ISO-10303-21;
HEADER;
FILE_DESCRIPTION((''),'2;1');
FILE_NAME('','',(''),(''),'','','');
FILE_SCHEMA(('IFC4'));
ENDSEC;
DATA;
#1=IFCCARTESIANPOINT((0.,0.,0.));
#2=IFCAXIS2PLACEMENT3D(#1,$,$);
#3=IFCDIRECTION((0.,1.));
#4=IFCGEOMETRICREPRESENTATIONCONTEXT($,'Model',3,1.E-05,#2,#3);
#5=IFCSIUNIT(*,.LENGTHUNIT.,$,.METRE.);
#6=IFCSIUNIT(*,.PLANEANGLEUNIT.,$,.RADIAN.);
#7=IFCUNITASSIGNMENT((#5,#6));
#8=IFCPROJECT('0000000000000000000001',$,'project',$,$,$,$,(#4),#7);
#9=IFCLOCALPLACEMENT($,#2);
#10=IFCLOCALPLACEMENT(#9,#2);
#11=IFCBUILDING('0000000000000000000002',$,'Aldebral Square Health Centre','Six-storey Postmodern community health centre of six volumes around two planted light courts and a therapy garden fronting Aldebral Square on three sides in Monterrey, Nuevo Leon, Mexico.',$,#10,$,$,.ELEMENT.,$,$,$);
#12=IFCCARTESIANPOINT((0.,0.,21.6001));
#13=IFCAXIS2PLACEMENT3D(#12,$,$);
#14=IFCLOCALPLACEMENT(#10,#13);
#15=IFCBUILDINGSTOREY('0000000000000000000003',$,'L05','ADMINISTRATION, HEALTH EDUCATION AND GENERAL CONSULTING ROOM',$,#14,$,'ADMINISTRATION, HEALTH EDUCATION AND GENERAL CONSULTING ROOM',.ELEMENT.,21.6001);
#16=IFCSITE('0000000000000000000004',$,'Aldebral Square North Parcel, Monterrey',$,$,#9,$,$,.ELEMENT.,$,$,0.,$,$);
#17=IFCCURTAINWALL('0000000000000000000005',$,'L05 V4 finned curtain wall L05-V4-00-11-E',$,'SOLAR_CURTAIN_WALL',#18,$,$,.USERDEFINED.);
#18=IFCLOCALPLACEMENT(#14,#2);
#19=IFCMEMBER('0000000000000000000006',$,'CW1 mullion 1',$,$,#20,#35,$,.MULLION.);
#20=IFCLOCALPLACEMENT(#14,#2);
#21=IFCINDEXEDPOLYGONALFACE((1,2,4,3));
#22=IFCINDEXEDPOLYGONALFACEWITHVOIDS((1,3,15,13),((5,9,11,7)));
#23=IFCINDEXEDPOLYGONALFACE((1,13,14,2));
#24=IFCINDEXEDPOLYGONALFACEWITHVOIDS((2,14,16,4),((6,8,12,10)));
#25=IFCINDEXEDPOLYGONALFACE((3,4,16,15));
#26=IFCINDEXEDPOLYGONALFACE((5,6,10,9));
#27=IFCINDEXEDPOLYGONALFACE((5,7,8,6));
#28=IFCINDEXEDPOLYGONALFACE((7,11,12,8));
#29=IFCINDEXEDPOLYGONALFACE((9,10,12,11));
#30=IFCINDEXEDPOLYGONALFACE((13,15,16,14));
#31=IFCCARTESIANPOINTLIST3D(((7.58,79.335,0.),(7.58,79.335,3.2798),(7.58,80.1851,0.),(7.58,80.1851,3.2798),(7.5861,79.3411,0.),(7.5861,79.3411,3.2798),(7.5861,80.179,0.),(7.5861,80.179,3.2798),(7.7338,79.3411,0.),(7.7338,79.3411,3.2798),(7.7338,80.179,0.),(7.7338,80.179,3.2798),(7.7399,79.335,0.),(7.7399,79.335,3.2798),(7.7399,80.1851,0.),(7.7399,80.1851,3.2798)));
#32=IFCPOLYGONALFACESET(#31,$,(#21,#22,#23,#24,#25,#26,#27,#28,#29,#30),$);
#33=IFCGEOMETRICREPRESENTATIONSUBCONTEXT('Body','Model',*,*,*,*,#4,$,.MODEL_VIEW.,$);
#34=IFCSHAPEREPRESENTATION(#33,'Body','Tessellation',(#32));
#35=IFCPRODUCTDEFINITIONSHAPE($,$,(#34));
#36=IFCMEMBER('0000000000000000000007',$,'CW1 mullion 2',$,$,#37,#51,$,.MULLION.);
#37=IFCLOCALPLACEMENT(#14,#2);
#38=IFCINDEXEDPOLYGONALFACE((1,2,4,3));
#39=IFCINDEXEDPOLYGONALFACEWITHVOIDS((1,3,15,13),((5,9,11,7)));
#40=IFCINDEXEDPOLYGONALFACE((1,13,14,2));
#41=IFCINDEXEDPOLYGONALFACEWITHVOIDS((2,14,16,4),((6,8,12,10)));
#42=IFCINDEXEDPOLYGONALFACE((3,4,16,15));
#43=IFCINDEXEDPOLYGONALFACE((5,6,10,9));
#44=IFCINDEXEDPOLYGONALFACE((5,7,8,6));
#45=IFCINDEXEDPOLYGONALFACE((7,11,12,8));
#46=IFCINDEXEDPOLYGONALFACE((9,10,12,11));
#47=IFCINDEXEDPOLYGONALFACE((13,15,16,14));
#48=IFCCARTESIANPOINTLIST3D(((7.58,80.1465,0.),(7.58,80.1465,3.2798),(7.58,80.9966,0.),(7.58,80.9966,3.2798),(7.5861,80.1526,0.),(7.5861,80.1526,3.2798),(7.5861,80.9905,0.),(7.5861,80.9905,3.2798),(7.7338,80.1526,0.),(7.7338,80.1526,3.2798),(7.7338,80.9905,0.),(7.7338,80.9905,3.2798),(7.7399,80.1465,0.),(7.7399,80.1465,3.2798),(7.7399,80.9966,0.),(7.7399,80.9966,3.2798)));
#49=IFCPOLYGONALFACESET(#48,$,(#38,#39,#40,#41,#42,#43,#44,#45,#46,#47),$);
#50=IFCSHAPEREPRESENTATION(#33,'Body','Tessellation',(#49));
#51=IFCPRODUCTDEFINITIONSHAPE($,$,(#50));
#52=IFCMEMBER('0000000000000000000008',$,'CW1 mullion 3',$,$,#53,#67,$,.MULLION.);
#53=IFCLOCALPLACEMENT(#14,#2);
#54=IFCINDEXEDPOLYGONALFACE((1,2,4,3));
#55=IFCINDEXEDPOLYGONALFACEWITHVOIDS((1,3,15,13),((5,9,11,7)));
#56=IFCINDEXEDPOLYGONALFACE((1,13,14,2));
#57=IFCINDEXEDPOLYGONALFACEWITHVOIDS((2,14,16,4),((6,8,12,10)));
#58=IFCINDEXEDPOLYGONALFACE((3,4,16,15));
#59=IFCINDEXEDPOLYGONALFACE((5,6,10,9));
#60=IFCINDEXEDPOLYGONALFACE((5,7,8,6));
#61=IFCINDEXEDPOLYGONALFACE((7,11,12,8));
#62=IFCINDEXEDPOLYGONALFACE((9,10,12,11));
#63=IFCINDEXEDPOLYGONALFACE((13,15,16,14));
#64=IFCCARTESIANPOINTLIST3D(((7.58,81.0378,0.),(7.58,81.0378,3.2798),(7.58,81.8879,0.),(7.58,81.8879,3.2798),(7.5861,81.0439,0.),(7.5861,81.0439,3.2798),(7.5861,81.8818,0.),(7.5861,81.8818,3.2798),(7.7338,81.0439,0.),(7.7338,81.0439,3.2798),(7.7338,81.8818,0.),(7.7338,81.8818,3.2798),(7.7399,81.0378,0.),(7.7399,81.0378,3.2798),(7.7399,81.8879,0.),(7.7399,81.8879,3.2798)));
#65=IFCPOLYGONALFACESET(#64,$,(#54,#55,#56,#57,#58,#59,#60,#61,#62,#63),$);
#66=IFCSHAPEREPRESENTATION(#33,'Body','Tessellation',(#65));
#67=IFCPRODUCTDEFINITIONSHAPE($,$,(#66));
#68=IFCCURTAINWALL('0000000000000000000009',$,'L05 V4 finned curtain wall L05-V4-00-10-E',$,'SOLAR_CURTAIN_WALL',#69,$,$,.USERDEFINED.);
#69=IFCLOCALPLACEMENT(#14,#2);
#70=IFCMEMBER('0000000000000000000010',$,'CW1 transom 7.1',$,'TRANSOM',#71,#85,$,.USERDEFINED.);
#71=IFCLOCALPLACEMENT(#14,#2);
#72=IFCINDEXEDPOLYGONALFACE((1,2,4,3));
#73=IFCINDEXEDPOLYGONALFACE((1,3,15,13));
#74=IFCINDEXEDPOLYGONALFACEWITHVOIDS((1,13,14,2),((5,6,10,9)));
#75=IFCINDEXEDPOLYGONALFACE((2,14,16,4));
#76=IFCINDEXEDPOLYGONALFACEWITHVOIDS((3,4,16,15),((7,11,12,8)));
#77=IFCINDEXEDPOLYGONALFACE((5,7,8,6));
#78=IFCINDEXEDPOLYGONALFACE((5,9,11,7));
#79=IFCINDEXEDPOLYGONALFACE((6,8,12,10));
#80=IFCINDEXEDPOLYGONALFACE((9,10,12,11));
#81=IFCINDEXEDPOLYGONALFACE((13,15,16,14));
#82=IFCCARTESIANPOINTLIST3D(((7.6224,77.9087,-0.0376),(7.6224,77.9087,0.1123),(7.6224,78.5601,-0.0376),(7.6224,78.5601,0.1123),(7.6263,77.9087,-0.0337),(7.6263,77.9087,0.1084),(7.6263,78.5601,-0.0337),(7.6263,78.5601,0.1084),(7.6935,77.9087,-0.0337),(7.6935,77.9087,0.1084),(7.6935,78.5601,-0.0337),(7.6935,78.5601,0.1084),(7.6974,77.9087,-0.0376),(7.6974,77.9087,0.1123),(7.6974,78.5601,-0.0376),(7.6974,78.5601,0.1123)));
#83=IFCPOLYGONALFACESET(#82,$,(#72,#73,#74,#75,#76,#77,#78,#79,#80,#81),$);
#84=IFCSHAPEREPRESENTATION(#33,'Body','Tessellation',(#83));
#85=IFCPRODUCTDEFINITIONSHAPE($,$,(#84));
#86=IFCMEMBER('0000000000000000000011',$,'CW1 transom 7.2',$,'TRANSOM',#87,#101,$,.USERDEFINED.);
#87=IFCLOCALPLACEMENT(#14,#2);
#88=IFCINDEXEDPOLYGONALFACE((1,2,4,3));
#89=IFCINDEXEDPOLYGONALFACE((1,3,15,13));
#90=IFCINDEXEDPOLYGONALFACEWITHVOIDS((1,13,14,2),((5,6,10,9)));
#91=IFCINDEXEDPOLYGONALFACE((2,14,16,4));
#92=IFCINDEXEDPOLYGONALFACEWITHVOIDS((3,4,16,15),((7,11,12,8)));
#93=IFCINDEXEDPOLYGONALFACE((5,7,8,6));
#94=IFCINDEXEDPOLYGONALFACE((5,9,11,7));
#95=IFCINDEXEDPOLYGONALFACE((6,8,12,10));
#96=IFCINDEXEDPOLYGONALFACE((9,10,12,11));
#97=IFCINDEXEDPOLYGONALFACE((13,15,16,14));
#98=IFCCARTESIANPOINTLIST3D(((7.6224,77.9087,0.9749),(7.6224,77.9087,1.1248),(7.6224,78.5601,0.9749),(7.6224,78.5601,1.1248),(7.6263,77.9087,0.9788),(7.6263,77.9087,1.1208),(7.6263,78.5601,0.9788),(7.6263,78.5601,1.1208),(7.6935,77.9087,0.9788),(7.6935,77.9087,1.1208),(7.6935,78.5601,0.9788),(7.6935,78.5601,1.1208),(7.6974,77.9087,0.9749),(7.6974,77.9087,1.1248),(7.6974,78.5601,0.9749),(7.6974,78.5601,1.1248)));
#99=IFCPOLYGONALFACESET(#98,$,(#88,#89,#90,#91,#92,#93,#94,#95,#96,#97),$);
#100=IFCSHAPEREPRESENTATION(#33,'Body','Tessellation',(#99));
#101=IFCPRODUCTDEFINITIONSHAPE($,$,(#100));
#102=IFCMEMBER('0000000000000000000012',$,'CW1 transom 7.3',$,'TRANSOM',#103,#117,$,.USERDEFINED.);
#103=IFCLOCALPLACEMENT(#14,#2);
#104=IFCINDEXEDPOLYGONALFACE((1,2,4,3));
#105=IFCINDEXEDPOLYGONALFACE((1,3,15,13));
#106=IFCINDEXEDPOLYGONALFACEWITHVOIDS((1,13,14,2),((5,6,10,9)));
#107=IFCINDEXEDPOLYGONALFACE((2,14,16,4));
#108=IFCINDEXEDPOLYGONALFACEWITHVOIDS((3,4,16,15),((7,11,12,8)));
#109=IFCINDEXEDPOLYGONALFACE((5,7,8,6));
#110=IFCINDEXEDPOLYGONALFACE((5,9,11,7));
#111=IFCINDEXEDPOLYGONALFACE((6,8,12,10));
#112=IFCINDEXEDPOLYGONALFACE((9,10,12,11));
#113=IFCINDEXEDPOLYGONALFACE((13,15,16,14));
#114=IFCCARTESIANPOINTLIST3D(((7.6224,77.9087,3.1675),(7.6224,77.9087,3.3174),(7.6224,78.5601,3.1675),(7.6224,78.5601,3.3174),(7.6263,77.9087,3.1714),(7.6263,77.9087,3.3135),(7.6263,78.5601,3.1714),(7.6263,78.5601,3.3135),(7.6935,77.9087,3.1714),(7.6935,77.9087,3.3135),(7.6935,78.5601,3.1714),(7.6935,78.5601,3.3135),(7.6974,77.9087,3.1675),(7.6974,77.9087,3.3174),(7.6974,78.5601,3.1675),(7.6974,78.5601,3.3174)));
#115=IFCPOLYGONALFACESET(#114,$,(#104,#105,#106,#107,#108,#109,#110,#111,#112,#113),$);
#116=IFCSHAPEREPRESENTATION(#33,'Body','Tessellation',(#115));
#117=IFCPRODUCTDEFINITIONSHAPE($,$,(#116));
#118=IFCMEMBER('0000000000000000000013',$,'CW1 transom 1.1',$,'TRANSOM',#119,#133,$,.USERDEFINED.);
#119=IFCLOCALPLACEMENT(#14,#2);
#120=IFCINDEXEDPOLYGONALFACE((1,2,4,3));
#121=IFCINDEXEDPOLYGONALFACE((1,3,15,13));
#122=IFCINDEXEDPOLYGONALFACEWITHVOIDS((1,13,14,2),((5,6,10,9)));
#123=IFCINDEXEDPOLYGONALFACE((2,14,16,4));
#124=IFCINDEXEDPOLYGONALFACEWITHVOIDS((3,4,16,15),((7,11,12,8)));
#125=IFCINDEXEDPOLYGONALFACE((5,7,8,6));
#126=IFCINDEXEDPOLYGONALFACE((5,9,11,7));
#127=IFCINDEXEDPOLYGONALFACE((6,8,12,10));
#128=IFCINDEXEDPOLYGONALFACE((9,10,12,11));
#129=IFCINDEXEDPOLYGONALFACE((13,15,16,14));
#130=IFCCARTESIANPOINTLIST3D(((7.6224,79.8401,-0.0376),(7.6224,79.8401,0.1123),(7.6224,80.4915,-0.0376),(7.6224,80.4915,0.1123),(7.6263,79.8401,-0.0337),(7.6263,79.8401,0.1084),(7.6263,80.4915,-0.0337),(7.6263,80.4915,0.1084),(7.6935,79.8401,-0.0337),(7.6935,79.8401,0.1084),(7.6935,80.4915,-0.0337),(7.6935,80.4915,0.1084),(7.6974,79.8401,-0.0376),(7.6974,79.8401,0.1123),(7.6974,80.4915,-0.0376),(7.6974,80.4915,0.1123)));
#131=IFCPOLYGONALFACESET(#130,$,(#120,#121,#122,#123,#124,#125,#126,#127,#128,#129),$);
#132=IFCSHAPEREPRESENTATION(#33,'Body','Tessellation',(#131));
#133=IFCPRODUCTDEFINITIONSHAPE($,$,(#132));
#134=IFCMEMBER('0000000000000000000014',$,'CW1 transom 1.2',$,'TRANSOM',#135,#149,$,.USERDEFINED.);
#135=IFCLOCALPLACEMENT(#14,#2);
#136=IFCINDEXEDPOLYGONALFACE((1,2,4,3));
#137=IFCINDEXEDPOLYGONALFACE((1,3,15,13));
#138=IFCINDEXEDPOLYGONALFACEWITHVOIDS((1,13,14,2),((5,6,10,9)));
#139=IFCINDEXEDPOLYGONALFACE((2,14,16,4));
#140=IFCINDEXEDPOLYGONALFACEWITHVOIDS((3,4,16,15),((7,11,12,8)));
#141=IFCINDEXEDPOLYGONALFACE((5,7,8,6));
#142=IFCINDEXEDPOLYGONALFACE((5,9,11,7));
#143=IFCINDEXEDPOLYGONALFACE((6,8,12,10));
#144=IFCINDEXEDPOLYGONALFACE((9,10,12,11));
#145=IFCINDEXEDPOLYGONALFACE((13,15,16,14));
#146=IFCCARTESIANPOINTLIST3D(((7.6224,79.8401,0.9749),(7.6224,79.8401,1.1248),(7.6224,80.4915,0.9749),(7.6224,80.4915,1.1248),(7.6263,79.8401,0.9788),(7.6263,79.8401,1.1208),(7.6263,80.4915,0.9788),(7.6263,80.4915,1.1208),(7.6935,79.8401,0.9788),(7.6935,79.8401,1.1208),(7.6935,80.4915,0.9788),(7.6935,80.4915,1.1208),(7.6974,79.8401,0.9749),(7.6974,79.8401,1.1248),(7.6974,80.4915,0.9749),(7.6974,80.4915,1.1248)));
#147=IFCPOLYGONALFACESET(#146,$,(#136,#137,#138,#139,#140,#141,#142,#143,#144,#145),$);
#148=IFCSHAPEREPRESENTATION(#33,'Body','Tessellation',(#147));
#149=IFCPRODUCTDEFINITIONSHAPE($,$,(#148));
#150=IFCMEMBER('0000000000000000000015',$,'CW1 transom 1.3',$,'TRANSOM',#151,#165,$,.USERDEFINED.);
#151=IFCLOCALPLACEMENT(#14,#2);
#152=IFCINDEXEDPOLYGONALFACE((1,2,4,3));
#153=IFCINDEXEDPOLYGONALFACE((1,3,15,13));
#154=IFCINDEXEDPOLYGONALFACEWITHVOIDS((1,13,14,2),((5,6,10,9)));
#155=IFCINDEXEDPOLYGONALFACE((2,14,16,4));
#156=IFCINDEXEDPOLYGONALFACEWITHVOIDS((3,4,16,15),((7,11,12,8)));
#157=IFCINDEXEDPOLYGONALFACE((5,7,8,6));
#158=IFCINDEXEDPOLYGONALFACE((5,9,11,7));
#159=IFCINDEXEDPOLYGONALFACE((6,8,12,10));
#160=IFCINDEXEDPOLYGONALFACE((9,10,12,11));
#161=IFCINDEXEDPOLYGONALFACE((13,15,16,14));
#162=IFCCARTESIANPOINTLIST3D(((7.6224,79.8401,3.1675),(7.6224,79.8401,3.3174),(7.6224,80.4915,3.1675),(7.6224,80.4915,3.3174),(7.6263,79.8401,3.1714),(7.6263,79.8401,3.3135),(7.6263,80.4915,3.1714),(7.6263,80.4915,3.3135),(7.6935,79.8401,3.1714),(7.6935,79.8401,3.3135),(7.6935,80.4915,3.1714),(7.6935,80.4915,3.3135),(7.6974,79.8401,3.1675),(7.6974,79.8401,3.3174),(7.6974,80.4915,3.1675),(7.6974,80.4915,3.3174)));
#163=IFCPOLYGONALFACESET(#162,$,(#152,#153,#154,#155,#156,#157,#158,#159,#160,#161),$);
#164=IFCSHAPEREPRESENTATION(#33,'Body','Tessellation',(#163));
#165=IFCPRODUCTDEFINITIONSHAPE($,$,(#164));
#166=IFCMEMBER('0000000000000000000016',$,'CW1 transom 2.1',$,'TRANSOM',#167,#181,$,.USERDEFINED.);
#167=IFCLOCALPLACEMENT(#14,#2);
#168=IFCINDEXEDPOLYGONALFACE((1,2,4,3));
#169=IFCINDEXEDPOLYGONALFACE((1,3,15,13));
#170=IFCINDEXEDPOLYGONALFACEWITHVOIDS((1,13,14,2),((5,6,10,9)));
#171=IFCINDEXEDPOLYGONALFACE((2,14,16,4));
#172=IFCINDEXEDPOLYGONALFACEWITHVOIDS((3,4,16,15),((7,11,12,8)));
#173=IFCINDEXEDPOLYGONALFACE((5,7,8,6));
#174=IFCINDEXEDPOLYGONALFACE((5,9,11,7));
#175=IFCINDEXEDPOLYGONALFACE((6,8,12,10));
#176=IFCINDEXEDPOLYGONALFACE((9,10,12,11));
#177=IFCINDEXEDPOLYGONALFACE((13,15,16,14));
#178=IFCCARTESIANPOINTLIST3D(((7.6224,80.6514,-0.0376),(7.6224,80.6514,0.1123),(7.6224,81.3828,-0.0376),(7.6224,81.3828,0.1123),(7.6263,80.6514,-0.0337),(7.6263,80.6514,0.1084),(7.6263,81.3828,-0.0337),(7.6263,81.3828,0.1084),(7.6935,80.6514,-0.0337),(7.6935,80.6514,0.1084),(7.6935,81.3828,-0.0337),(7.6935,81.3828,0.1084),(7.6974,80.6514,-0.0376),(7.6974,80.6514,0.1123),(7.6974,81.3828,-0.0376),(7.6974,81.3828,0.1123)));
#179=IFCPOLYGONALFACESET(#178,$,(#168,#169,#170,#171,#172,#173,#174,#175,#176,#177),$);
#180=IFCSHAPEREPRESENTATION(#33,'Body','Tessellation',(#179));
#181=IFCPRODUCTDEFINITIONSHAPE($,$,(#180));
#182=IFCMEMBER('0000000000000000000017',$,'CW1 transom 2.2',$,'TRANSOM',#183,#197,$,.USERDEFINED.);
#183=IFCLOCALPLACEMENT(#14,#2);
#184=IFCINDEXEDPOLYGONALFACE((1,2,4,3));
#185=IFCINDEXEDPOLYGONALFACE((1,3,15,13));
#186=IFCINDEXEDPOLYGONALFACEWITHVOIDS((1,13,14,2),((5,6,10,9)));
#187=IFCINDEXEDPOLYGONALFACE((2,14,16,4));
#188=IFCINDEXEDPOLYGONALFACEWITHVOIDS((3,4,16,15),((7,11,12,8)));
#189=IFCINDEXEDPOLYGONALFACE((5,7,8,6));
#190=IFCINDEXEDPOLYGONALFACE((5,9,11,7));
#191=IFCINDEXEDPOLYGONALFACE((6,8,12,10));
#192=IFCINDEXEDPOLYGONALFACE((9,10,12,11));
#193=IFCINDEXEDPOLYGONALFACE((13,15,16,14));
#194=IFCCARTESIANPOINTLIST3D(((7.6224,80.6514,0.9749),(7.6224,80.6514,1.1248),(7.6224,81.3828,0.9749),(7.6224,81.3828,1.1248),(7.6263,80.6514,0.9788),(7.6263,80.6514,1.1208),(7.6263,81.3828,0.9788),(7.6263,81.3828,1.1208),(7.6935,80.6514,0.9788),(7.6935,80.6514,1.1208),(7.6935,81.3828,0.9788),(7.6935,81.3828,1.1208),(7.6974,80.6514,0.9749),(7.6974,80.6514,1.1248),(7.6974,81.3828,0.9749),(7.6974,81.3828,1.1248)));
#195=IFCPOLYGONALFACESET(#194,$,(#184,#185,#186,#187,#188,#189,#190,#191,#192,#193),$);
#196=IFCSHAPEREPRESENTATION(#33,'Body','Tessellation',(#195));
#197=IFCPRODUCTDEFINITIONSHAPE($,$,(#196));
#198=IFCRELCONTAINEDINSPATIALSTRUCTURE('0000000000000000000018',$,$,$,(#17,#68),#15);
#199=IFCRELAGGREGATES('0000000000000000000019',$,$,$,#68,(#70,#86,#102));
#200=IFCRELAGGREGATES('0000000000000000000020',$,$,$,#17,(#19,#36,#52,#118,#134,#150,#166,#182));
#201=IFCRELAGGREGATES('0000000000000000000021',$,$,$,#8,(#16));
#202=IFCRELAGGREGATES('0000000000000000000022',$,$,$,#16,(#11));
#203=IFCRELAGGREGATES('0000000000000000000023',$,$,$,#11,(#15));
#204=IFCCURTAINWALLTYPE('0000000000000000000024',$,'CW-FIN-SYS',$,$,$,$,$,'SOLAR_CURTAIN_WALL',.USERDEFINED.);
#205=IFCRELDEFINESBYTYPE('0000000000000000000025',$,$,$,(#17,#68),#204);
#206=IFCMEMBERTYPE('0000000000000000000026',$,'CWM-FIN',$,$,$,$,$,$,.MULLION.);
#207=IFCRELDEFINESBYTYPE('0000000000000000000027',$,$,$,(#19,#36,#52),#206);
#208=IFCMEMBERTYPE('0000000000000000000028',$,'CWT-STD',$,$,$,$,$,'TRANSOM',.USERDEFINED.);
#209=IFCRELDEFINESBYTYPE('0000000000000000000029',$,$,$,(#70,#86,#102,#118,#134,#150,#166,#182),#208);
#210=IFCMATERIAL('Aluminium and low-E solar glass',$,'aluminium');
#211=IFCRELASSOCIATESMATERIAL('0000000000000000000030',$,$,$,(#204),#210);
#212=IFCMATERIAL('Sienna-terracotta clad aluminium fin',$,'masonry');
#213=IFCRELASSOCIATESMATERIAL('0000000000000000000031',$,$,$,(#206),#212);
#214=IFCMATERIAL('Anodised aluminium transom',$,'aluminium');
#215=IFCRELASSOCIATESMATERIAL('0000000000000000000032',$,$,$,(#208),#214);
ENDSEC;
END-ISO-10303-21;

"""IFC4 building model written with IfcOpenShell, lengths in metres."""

from ifc_helpers import new_model, si_unit, direction, frame, origin, origin_2d, place, context, subcontext, project, spatial, hollow_rectangle, extrude, material, material_profile, profile_set, type_object, element, aggregate, save


model = new_model("IFC4")

# Units and contexts
model_context = context("Model", 3, precision=1e-05, world=origin(), true_north=direction((0.0, 1.0)))
body_context = subcontext(model_context, "Body", "Model", "MODEL_VIEW")
ifc_project = project(units=[si_unit("LENGTHUNIT", "METRE"), si_unit("PLANEANGLEUNIT", "RADIAN")], contexts=[model_context])

# Site, building, storey
site_placement = place(None, origin())
site = spatial("IfcSite", under=ifc_project, at=site_placement, Name="Aldebral Square North Parcel, Monterrey", CompositionType="ELEMENT", RefElevation=0.0)
building_placement = place(site_placement, origin())
building = spatial("IfcBuilding", under=site, at=building_placement, Name="Aldebral Square Health Centre", Description="Six-storey Postmodern community health centre of six volumes around two planted light courts and a therapy garden fronting Aldebral Square on three sides in Monterrey, Nuevo Leon, Mexico.", CompositionType="ELEMENT")
storey_placement = place(building_placement, frame((0.0, 0.0, 21.6001)))
storey = spatial("IfcBuildingStorey", under=building, at=storey_placement, Name="L05", Description="ADMINISTRATION, HEALTH EDUCATION AND GENERAL CONSULTING ROOM", LongName="ADMINISTRATION, HEALTH EDUCATION AND GENERAL CONSULTING ROOM", CompositionType="ELEMENT", Elevation=21.6001)

# Curtain walls, members
ifc_material_1 = material(Name="Aluminium and low-E solar glass", Category="aluminium")
curtain_wall_type = type_object("IfcCurtainWallType", Name="CW-FIN-SYS", ElementType="SOLAR_CURTAIN_WALL", PredefinedType="USERDEFINED", material=ifc_material_1)
curtain_wall_1_placement = place(storey_placement, origin())
curtain_wall_1 = element("IfcCurtainWall", 1, at=curtain_wall_1_placement, inside=storey, type_object=curtain_wall_type, Name="L05 V4 finned curtain wall L05-V4-00-11-E", ObjectType="SOLAR_CURTAIN_WALL", PredefinedType="USERDEFINED")
ifc_material_2 = material(Name="Sienna-terracotta clad aluminium fin", Category="masonry")
ifc_material_profile_1 = material_profile(ifc_material_2, hollow_rectangle(XDim=0.1599, YDim=0.8501, WallThickness=0.0061, at=origin_2d()), Name="FIN 160x850x6")
ifc_profile_set_1 = profile_set([ifc_material_profile_1], Name="Sienna-terracotta clad aluminium fin")
member_type_1 = type_object("IfcMemberType", Name="CWM-FIN", PredefinedType="MULLION", material=ifc_profile_set_1)
member_1_placement = place(storey_placement, frame((7.6599, 79.76, 0.0), z_axis=(0.0, 0.0, 1.0), x_axis=(-1.0, 0.0, 0.0)))
member_1 = element("IfcMember", 2, at=member_1_placement, type_object=member_type_1, Name="CW1 mullion 1", PredefinedType="MULLION", context=body_context, shape_type="SweptSolid", body=[
    extrude(hollow_rectangle(XDim=0.1599, YDim=0.8501, WallThickness=0.0061, at=origin_2d()), origin(), (0.0, 0.0, 1.0), 3.2798),
])
member_2_placement = place(storey_placement, frame((7.6599, 80.5715, 0.0), z_axis=(0.0, 0.0, 1.0), x_axis=(-1.0, 0.0, 0.0)))
member_2 = element("IfcMember", 3, at=member_2_placement, type_object=member_type_1, Name="CW1 mullion 2", PredefinedType="MULLION", context=body_context, shape_type="SweptSolid", body=[
    extrude(hollow_rectangle(XDim=0.1599, YDim=0.8501, WallThickness=0.0061, at=origin_2d()), origin(), (0.0, 0.0, 1.0), 3.2798),
])
member_3_placement = place(storey_placement, frame((7.6599, 81.4629, 0.0), z_axis=(0.0, 0.0, 1.0), x_axis=(-1.0, 0.0, 0.0)))
member_3 = element("IfcMember", 4, at=member_3_placement, type_object=member_type_1, Name="CW1 mullion 3", PredefinedType="MULLION", context=body_context, shape_type="SweptSolid", body=[
    extrude(hollow_rectangle(XDim=0.1599, YDim=0.8501, WallThickness=0.0061, at=origin_2d()), origin(), (0.0, 0.0, 1.0), 3.2798),
])
curtain_wall_2_placement = place(storey_placement, origin())
curtain_wall_2 = element("IfcCurtainWall", 5, at=curtain_wall_2_placement, inside=storey, type_object=curtain_wall_type, Name="L05 V4 finned curtain wall L05-V4-00-10-E", ObjectType="SOLAR_CURTAIN_WALL", PredefinedType="USERDEFINED")
ifc_material_3 = material(Name="Anodised aluminium transom", Category="aluminium")
ifc_material_profile_2 = material_profile(ifc_material_3, hollow_rectangle(XDim=0.075, YDim=0.1499, WallThickness=0.0039, at=origin_2d()), Name="CWT 75x150x4")
ifc_profile_set_2 = profile_set([ifc_material_profile_2], Name="Anodised aluminium transom")
member_type_2 = type_object("IfcMemberType", Name="CWT-STD", ElementType="TRANSOM", PredefinedType="USERDEFINED", material=ifc_profile_set_2)
member_4_placement = place(storey_placement, frame((7.6599, 77.9087, 0.0374), z_axis=(0.0, 1.0, 0.0), x_axis=(-1.0, 0.0, 0.0)))
member_4 = element("IfcMember", 6, at=member_4_placement, type_object=member_type_2, Name="CW1 transom 7.1", ObjectType="TRANSOM", PredefinedType="USERDEFINED", context=body_context, shape_type="SweptSolid", body=[
    extrude(hollow_rectangle(XDim=0.075, YDim=0.1499, WallThickness=0.0039, at=origin_2d()), origin(), (0.0, 0.0, 1.0), 0.6514),
])
member_5_placement = place(storey_placement, frame((7.6599, 77.9087, 1.0498), z_axis=(0.0, 1.0, 0.0), x_axis=(-1.0, 0.0, 0.0)))
member_5 = element("IfcMember", 7, at=member_5_placement, type_object=member_type_2, Name="CW1 transom 7.2", ObjectType="TRANSOM", PredefinedType="USERDEFINED", context=body_context, shape_type="SweptSolid", body=[
    extrude(hollow_rectangle(XDim=0.075, YDim=0.1499, WallThickness=0.0039, at=origin_2d()), origin(), (0.0, 0.0, 1.0), 0.6514),
])
member_6_placement = place(storey_placement, frame((7.6599, 77.9087, 3.2424), z_axis=(0.0, 1.0, 0.0), x_axis=(-1.0, 0.0, 0.0)))
member_6 = element("IfcMember", 8, at=member_6_placement, type_object=member_type_2, Name="CW1 transom 7.3", ObjectType="TRANSOM", PredefinedType="USERDEFINED", context=body_context, shape_type="SweptSolid", body=[
    extrude(hollow_rectangle(XDim=0.075, YDim=0.1499, WallThickness=0.0039, at=origin_2d()), origin(), (0.0, 0.0, 1.0), 0.6514),
])

# Members
member_7_placement = place(storey_placement, frame((7.6599, 79.8401, 0.0374), z_axis=(0.0, 1.0, 0.0), x_axis=(-1.0, 0.0, 0.0)))
member_7 = element("IfcMember", 9, at=member_7_placement, type_object=member_type_2, Name="CW1 transom 1.1", ObjectType="TRANSOM", PredefinedType="USERDEFINED", context=body_context, shape_type="SweptSolid", body=[
    extrude(hollow_rectangle(XDim=0.075, YDim=0.1499, WallThickness=0.0039, at=origin_2d()), origin(), (0.0, 0.0, 1.0), 0.6514),
])
member_8_placement = place(storey_placement, frame((7.6599, 79.8401, 1.0498), z_axis=(0.0, 1.0, 0.0), x_axis=(-1.0, 0.0, 0.0)))
member_8 = element("IfcMember", 10, at=member_8_placement, type_object=member_type_2, Name="CW1 transom 1.2", ObjectType="TRANSOM", PredefinedType="USERDEFINED", context=body_context, shape_type="SweptSolid", body=[
    extrude(hollow_rectangle(XDim=0.075, YDim=0.1499, WallThickness=0.0039, at=origin_2d()), origin(), (0.0, 0.0, 1.0), 0.6514),
])
member_9_placement = place(storey_placement, frame((7.6599, 79.8401, 3.2424), z_axis=(0.0, 1.0, 0.0), x_axis=(-1.0, 0.0, 0.0)))
member_9 = element("IfcMember", 11, at=member_9_placement, type_object=member_type_2, Name="CW1 transom 1.3", ObjectType="TRANSOM", PredefinedType="USERDEFINED", context=body_context, shape_type="SweptSolid", body=[
    extrude(hollow_rectangle(XDim=0.075, YDim=0.1499, WallThickness=0.0039, at=origin_2d()), origin(), (0.0, 0.0, 1.0), 0.6514),
])
member_10_placement = place(storey_placement, frame((7.6599, 80.6514, 0.0374), z_axis=(0.0, 1.0, 0.0), x_axis=(-1.0, 0.0, 0.0)))
member_10 = element("IfcMember", 12, at=member_10_placement, type_object=member_type_2, Name="CW1 transom 2.1", ObjectType="TRANSOM", PredefinedType="USERDEFINED", context=body_context, shape_type="SweptSolid", body=[
    extrude(hollow_rectangle(XDim=0.075, YDim=0.1499, WallThickness=0.0039, at=origin_2d()), origin(), (0.0, 0.0, 1.0), 0.7314),
])
member_11_placement = place(storey_placement, frame((7.6599, 80.6514, 1.0498), z_axis=(0.0, 1.0, 0.0), x_axis=(-1.0, 0.0, 0.0)))
member_11 = element("IfcMember", 13, at=member_11_placement, type_object=member_type_2, Name="CW1 transom 2.2", ObjectType="TRANSOM", PredefinedType="USERDEFINED", context=body_context, shape_type="SweptSolid", body=[
    extrude(hollow_rectangle(XDim=0.075, YDim=0.1499, WallThickness=0.0039, at=origin_2d()), origin(), (0.0, 0.0, 1.0), 0.7314),
])

aggregate(curtain_wall_2, [member_4, member_5, member_6])
aggregate(curtain_wall_1, [member_1, member_2, member_3, member_7, member_8, member_9, member_10, member_11])

save(model, "model.ifc")
